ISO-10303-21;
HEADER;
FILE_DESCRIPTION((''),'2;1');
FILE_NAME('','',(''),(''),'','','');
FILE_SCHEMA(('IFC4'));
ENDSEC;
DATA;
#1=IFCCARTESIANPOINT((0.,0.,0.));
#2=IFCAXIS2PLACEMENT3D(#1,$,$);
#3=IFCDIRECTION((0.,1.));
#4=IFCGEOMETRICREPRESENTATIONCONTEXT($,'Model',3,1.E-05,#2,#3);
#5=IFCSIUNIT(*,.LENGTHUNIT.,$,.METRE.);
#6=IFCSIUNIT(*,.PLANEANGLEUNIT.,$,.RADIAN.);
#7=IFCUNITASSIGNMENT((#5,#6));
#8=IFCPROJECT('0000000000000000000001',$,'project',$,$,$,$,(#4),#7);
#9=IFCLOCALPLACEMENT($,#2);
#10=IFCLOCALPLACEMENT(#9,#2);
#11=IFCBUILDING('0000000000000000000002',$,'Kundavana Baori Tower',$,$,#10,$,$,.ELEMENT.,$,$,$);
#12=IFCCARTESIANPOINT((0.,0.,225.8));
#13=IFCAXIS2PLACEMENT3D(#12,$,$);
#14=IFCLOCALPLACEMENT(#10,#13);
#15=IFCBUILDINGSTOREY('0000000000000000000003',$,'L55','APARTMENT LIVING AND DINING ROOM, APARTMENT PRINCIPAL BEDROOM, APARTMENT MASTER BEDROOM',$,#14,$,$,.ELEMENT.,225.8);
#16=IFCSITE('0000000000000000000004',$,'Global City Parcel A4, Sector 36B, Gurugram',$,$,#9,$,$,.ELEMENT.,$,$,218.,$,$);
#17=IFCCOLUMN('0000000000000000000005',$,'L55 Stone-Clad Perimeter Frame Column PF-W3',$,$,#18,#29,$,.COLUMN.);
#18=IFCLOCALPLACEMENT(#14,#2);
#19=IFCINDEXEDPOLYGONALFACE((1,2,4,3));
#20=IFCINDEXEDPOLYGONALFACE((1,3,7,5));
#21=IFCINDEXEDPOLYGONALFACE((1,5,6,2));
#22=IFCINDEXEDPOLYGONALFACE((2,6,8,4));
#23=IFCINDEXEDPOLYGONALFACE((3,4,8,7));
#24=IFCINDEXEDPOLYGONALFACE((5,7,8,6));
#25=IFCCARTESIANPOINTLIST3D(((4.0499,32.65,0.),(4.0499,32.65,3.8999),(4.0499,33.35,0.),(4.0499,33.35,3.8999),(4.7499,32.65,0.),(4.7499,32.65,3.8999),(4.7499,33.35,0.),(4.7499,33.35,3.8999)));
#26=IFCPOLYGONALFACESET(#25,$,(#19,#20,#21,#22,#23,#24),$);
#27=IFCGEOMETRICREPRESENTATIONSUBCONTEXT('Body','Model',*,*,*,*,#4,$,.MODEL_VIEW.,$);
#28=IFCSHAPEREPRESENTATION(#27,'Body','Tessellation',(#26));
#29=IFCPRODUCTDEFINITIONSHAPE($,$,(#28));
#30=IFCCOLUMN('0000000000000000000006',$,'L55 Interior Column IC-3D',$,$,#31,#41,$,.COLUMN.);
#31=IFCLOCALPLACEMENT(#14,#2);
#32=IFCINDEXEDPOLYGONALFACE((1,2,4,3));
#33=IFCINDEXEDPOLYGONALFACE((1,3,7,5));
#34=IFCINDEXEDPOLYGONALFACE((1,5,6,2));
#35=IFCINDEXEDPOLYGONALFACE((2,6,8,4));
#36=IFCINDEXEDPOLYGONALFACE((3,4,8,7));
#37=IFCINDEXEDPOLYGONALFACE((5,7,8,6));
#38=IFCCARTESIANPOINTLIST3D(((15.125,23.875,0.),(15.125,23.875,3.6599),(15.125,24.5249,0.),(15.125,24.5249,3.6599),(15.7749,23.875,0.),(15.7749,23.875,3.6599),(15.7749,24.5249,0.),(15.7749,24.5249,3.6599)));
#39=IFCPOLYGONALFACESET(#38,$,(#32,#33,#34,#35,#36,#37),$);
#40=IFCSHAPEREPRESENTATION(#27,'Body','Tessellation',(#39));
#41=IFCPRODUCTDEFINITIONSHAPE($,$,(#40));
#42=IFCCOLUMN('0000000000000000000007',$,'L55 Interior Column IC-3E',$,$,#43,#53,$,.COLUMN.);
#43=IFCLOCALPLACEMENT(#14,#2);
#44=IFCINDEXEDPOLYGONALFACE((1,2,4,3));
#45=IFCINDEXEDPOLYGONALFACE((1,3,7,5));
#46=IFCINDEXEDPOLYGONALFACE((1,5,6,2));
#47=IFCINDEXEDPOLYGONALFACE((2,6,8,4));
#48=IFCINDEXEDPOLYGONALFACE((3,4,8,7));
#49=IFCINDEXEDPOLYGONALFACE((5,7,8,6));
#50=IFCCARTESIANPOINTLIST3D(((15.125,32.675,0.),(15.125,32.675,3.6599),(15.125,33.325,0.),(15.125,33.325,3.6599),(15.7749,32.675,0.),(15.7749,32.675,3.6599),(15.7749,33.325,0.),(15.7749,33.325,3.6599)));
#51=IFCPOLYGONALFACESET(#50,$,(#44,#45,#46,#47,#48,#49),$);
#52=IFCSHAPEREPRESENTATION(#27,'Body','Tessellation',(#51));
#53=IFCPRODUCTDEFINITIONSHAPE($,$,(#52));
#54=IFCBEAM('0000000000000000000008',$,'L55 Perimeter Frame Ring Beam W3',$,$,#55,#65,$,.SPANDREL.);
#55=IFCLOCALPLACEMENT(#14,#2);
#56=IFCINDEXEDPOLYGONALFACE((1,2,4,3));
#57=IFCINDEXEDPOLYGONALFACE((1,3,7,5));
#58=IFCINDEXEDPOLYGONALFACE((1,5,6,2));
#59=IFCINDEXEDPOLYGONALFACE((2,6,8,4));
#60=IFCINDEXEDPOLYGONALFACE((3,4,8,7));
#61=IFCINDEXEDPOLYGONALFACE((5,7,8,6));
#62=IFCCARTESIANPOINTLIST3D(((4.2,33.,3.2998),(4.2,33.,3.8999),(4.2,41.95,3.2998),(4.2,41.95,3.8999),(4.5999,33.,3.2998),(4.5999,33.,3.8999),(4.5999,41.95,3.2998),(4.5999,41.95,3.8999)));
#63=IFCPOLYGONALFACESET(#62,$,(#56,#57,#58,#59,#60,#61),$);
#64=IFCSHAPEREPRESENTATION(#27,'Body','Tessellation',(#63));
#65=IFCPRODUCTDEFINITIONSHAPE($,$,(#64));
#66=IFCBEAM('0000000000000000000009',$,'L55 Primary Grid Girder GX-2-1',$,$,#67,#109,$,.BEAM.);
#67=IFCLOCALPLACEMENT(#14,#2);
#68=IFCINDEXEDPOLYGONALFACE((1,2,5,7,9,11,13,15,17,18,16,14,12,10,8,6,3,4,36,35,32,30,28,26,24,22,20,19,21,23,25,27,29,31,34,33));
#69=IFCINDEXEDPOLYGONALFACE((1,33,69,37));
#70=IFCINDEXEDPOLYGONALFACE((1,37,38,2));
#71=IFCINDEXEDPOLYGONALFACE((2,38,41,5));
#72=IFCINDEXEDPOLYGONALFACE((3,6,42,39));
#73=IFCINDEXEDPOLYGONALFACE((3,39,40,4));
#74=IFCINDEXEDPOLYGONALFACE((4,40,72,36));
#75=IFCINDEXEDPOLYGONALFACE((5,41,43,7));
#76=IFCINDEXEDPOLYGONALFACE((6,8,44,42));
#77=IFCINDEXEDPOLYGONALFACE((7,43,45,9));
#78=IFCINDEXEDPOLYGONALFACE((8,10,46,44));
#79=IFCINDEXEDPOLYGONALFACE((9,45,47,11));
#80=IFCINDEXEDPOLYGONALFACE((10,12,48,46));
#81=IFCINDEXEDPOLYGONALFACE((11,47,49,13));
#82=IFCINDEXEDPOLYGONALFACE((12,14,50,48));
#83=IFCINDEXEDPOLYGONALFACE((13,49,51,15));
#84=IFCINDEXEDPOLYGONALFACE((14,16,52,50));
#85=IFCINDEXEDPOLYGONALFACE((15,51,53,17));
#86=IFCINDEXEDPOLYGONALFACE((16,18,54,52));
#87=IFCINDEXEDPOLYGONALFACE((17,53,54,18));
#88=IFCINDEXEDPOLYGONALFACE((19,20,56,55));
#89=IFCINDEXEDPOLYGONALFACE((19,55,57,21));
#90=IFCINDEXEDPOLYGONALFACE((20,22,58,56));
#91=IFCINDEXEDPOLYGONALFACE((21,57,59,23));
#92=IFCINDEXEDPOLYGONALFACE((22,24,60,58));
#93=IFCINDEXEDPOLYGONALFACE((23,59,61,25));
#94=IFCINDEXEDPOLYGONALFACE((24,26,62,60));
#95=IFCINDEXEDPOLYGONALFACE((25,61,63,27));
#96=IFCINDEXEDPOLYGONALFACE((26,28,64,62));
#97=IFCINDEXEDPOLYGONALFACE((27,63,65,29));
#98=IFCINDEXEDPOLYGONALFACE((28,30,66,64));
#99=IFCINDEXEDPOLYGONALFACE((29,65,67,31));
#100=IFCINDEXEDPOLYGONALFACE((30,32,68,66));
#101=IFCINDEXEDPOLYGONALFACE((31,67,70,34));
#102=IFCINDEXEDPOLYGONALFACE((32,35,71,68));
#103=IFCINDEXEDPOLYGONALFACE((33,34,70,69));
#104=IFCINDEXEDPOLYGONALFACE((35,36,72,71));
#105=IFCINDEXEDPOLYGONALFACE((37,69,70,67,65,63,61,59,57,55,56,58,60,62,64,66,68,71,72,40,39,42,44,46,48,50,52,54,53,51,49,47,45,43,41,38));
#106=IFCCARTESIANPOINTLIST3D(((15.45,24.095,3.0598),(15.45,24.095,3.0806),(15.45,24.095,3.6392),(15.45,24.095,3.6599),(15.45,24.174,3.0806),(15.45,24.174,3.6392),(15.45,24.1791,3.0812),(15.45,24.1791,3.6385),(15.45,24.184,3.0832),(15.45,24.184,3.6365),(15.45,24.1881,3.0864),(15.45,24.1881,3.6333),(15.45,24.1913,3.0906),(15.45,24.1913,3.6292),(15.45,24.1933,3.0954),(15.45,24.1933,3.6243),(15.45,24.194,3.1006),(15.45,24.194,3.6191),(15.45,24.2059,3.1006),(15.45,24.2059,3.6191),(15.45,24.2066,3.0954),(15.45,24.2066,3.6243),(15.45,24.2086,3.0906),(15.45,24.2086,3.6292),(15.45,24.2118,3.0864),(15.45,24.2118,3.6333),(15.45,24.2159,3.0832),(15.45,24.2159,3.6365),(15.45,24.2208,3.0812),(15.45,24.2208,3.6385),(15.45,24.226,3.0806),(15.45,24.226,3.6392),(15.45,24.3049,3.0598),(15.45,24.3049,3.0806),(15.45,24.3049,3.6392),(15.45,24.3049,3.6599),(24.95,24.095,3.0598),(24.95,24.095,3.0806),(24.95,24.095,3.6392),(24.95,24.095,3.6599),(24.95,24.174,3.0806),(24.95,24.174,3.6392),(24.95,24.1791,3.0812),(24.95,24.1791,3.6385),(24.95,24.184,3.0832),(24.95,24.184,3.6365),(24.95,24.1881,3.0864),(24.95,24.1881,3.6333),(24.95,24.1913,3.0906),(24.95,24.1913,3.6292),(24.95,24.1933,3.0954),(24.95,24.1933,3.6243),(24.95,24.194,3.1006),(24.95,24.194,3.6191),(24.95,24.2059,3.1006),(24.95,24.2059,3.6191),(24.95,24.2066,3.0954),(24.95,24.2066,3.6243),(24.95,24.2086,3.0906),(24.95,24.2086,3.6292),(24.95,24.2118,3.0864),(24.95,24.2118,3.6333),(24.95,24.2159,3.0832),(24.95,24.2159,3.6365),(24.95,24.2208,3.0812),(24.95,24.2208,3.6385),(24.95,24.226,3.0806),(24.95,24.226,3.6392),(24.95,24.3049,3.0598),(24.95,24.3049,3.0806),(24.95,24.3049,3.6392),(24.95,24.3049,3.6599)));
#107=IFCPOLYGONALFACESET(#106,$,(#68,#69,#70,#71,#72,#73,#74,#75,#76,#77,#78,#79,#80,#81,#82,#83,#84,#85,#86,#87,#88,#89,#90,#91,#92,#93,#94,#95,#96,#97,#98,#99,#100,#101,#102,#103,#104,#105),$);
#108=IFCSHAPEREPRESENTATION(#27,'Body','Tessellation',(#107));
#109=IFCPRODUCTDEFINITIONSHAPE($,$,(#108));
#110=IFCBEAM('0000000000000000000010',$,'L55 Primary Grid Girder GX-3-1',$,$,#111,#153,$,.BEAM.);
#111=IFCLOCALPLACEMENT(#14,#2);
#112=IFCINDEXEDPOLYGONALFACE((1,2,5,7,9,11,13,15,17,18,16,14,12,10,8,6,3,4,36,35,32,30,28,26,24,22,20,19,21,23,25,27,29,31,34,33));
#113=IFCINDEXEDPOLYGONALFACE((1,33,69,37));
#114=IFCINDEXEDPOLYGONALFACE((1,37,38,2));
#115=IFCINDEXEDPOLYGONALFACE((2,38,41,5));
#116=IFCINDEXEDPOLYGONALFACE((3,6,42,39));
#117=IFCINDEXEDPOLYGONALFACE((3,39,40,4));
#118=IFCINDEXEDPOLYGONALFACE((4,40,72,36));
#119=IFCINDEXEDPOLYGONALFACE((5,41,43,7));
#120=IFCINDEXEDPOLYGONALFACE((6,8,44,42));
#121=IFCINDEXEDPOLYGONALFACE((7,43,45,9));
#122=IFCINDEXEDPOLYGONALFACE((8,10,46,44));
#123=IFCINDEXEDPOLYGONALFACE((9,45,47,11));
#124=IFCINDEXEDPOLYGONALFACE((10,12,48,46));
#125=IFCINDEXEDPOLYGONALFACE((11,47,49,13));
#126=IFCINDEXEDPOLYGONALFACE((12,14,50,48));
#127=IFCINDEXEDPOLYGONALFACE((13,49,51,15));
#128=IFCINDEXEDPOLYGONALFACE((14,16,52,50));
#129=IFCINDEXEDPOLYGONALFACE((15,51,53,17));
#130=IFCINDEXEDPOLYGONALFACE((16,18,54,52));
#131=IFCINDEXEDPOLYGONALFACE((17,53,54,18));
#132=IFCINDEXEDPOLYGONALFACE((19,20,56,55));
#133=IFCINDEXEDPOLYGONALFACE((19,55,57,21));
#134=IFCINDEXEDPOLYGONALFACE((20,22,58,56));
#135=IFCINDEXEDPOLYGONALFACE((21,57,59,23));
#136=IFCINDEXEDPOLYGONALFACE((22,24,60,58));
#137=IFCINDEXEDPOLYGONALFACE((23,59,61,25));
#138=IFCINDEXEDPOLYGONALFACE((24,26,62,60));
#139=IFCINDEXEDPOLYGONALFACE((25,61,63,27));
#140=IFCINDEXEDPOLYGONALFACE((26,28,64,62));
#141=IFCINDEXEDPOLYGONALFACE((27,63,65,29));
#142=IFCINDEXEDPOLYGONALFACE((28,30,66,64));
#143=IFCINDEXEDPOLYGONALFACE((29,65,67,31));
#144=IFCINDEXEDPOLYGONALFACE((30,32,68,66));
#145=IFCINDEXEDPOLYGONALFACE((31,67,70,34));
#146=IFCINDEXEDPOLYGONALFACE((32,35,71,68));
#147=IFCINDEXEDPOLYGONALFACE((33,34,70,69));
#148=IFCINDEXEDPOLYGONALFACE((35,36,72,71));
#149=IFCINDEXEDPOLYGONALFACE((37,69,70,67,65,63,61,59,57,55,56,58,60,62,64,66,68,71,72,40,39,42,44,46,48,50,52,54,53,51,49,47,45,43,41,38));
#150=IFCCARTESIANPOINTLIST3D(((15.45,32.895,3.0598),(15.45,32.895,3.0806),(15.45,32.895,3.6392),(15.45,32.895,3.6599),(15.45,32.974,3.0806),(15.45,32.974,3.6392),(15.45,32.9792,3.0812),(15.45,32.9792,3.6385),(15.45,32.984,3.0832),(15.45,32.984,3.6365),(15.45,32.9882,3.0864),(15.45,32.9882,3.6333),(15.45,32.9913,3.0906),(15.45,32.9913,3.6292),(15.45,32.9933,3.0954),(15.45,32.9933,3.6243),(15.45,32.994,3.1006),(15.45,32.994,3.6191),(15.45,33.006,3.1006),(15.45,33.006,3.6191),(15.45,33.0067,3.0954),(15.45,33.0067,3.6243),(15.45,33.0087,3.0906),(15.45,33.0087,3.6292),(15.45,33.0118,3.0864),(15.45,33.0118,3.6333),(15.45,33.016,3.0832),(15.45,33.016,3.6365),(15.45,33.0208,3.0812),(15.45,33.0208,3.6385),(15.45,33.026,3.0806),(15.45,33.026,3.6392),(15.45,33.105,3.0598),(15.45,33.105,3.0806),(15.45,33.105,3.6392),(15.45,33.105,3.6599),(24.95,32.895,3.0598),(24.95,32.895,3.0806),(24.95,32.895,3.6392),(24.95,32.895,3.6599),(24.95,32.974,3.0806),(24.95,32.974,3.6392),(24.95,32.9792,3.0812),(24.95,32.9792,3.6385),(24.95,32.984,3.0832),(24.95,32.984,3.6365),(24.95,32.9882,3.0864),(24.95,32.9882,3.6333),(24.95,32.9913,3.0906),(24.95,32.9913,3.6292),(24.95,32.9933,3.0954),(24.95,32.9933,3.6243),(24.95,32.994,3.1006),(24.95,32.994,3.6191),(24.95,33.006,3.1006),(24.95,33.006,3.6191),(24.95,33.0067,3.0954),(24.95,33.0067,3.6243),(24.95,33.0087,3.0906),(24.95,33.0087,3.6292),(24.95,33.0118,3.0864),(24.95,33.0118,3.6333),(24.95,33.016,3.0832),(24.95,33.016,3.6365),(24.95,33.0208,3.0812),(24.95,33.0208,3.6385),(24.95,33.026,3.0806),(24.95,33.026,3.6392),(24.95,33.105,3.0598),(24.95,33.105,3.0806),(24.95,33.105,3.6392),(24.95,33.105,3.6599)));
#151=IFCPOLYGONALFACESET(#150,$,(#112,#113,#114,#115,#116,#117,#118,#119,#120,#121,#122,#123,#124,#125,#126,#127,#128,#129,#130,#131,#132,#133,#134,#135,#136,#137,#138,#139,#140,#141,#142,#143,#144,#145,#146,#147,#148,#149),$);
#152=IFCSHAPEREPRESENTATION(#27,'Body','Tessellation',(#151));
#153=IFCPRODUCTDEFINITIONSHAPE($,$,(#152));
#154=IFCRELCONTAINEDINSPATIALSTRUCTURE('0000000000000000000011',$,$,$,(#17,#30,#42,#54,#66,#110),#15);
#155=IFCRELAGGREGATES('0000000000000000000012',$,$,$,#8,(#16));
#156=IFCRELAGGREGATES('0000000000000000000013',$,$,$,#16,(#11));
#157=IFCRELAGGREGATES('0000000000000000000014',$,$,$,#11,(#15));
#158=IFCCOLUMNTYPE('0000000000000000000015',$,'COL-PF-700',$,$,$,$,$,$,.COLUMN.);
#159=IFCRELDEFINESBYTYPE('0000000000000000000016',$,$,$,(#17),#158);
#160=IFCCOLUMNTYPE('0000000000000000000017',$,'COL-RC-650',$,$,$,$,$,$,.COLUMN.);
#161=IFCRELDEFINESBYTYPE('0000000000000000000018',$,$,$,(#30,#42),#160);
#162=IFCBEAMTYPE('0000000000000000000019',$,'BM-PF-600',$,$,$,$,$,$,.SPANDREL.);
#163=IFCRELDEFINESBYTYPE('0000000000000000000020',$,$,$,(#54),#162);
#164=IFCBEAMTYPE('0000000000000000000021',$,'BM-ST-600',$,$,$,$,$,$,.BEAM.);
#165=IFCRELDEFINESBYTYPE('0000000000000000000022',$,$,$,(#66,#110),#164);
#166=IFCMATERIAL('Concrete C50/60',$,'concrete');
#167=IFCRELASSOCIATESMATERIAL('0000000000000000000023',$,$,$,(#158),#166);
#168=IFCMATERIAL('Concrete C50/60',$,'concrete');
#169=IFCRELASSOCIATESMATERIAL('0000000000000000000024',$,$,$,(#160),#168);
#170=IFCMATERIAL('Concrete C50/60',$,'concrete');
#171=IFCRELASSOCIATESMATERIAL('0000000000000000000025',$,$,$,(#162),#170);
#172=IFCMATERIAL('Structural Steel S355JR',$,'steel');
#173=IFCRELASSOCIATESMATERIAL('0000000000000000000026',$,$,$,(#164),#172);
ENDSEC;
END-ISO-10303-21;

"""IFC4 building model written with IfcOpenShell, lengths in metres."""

from ifc_helpers import new_model, si_unit, direction, frame, origin, origin_2d, place, context, subcontext, project, spatial, rectangle, i_section, extrude, material, material_profile, profile_set, type_object, element, save


model = new_model("IFC4")

# Units and contexts
model_context = context("Model", 3, precision=1e-05, world=origin(), true_north=direction((0.0, 1.0)))
body_context = subcontext(model_context, "Body", "Model", "MODEL_VIEW")
ifc_project = project(units=[si_unit("LENGTHUNIT", "METRE"), si_unit("PLANEANGLEUNIT", "RADIAN")], contexts=[model_context])

# Site, building, storey
site_placement = place(None, origin())
site = spatial("IfcSite", under=ifc_project, at=site_placement, Name="Global City Parcel A4, Sector 36B, Gurugram", CompositionType="ELEMENT", RefElevation=218.0)
building_placement = place(site_placement, origin())
building = spatial("IfcBuilding", under=site, at=building_placement, Name="Kundavana Baori Tower", CompositionType="ELEMENT")
storey_placement = place(building_placement, frame((0.0, 0.0, 225.8)))
storey = spatial("IfcBuildingStorey", under=building, at=storey_placement, Name="L55", Description="APARTMENT LIVING AND DINING ROOM, APARTMENT PRINCIPAL BEDROOM, APARTMENT MASTER BEDROOM", CompositionType="ELEMENT", Elevation=225.8)

# Columns
ifc_material_1 = material(Name="Concrete C50/60", Category="concrete")
ifc_material_profile_1 = material_profile(ifc_material_1, rectangle(XDim=0.7, YDim=0.7, at=origin_2d()), Name="RC PF 700x700")
ifc_profile_set_1 = profile_set([ifc_material_profile_1], Name="Concrete C50/60")
column_type_1 = type_object("IfcColumnType", Name="COL-PF-700", PredefinedType="COLUMN", material=ifc_profile_set_1)
column_placement = place(storey_placement, frame((4.3999, 33.0, 0.0), z_axis=(0.0, 0.0, 1.0), x_axis=(1.0, 0.0, 0.0)))
element("IfcColumn", 1, at=column_placement, inside=storey, type_object=column_type_1, Name="L55 Stone-Clad Perimeter Frame Column PF-W3", PredefinedType="COLUMN", context=body_context, shape_type="SweptSolid", body=[
    extrude(rectangle(XDim=0.7, YDim=0.7, at=origin_2d()), origin(), (0.0, 0.0, 1.0), 3.8999),
])
ifc_material_2 = material(Name="Concrete C50/60", Category="concrete")
ifc_material_profile_2 = material_profile(ifc_material_2, rectangle(XDim=0.6499, YDim=0.6499, at=origin_2d()), Name="RC 650x650")
ifc_profile_set_2 = profile_set([ifc_material_profile_2], Name="Concrete C50/60")
column_type_2 = type_object("IfcColumnType", Name="COL-RC-650", PredefinedType="COLUMN", material=ifc_profile_set_2)
for number, where, z_axis, x_axis, name in (
    (2, (15.45, 24.2, 0.0), (0.0, 0.0, 1.0), (1.0, 0.0, 0.0), "L55 Interior Column IC-3D"),
    (3, (15.45, 33.0, 0.0), (0.0, 0.0, 1.0), (1.0, 0.0, 0.0), "L55 Interior Column IC-3E"),
):
    element("IfcColumn", number, at=place(storey_placement, frame(where, z_axis=z_axis, x_axis=x_axis)), inside=storey, type_object=column_type_2, Name=name, PredefinedType="COLUMN", context=body_context, shape_type="SweptSolid", body=[
        extrude(rectangle(XDim=0.6499, YDim=0.6499, at=origin_2d()), origin(), (0.0, 0.0, 1.0), 3.6599),
    ])

# Beams
ifc_material_3 = material(Name="Concrete C50/60", Category="concrete")
ifc_material_profile_3 = material_profile(ifc_material_3, rectangle(XDim=0.3999, YDim=0.6001, at=origin_2d()), Name="RC BM 400x600")
ifc_profile_set_3 = profile_set([ifc_material_profile_3], Name="Concrete C50/60")
beam_type_1 = type_object("IfcBeamType", Name="BM-PF-600", PredefinedType="SPANDREL", material=ifc_profile_set_3)
beam_placement = place(storey_placement, frame((4.3999, 33.0, 3.5999), z_axis=(0.0, 1.0, 0.0), x_axis=(-1.0, 0.0, 0.0)))
element("IfcBeam", 4, at=beam_placement, inside=storey, type_object=beam_type_1, Name="L55 Perimeter Frame Ring Beam W3", PredefinedType="SPANDREL", context=body_context, shape_type="SweptSolid", body=[
    extrude(rectangle(XDim=0.3999, YDim=0.6001, at=origin_2d()), origin(), (0.0, 0.0, 1.0), 8.95),
])
ifc_material_4 = material(Name="Structural Steel S355JR", Category="steel")
ifc_material_profile_4 = material_profile(ifc_material_4, i_section(OverallWidth=0.21, OverallDepth=0.6001, WebThickness=0.012, FlangeThickness=0.0208, FilletRadius=0.02, at=origin_2d()), Name="ISMB 600")
ifc_profile_set_4 = profile_set([ifc_material_profile_4], Name="Structural Steel S355JR")
beam_type_2 = type_object("IfcBeamType", Name="BM-ST-600", PredefinedType="BEAM", material=ifc_profile_set_4)
for number, where, z_axis, x_axis, name in (
    (5, (15.45, 24.2, 3.3599), (1.0, 0.0, 0.0), (0.0, 1.0, 0.0), "L55 Primary Grid Girder GX-2-1"),
    (6, (15.45, 33.0, 3.3599), (1.0, 0.0, 0.0), (0.0, 1.0, 0.0), "L55 Primary Grid Girder GX-3-1"),
):
    element("IfcBeam", number, at=place(storey_placement, frame(where, z_axis=z_axis, x_axis=x_axis)), inside=storey, type_object=beam_type_2, Name=name, PredefinedType="BEAM", context=body_context, shape_type="SweptSolid", body=[
        extrude(i_section(OverallWidth=0.21, OverallDepth=0.6001, WebThickness=0.012, FlangeThickness=0.0208, FilletRadius=0.02, at=origin_2d()), origin(), (0.0, 0.0, 1.0), 9.5),
    ])

save(model, "model.ifc")
